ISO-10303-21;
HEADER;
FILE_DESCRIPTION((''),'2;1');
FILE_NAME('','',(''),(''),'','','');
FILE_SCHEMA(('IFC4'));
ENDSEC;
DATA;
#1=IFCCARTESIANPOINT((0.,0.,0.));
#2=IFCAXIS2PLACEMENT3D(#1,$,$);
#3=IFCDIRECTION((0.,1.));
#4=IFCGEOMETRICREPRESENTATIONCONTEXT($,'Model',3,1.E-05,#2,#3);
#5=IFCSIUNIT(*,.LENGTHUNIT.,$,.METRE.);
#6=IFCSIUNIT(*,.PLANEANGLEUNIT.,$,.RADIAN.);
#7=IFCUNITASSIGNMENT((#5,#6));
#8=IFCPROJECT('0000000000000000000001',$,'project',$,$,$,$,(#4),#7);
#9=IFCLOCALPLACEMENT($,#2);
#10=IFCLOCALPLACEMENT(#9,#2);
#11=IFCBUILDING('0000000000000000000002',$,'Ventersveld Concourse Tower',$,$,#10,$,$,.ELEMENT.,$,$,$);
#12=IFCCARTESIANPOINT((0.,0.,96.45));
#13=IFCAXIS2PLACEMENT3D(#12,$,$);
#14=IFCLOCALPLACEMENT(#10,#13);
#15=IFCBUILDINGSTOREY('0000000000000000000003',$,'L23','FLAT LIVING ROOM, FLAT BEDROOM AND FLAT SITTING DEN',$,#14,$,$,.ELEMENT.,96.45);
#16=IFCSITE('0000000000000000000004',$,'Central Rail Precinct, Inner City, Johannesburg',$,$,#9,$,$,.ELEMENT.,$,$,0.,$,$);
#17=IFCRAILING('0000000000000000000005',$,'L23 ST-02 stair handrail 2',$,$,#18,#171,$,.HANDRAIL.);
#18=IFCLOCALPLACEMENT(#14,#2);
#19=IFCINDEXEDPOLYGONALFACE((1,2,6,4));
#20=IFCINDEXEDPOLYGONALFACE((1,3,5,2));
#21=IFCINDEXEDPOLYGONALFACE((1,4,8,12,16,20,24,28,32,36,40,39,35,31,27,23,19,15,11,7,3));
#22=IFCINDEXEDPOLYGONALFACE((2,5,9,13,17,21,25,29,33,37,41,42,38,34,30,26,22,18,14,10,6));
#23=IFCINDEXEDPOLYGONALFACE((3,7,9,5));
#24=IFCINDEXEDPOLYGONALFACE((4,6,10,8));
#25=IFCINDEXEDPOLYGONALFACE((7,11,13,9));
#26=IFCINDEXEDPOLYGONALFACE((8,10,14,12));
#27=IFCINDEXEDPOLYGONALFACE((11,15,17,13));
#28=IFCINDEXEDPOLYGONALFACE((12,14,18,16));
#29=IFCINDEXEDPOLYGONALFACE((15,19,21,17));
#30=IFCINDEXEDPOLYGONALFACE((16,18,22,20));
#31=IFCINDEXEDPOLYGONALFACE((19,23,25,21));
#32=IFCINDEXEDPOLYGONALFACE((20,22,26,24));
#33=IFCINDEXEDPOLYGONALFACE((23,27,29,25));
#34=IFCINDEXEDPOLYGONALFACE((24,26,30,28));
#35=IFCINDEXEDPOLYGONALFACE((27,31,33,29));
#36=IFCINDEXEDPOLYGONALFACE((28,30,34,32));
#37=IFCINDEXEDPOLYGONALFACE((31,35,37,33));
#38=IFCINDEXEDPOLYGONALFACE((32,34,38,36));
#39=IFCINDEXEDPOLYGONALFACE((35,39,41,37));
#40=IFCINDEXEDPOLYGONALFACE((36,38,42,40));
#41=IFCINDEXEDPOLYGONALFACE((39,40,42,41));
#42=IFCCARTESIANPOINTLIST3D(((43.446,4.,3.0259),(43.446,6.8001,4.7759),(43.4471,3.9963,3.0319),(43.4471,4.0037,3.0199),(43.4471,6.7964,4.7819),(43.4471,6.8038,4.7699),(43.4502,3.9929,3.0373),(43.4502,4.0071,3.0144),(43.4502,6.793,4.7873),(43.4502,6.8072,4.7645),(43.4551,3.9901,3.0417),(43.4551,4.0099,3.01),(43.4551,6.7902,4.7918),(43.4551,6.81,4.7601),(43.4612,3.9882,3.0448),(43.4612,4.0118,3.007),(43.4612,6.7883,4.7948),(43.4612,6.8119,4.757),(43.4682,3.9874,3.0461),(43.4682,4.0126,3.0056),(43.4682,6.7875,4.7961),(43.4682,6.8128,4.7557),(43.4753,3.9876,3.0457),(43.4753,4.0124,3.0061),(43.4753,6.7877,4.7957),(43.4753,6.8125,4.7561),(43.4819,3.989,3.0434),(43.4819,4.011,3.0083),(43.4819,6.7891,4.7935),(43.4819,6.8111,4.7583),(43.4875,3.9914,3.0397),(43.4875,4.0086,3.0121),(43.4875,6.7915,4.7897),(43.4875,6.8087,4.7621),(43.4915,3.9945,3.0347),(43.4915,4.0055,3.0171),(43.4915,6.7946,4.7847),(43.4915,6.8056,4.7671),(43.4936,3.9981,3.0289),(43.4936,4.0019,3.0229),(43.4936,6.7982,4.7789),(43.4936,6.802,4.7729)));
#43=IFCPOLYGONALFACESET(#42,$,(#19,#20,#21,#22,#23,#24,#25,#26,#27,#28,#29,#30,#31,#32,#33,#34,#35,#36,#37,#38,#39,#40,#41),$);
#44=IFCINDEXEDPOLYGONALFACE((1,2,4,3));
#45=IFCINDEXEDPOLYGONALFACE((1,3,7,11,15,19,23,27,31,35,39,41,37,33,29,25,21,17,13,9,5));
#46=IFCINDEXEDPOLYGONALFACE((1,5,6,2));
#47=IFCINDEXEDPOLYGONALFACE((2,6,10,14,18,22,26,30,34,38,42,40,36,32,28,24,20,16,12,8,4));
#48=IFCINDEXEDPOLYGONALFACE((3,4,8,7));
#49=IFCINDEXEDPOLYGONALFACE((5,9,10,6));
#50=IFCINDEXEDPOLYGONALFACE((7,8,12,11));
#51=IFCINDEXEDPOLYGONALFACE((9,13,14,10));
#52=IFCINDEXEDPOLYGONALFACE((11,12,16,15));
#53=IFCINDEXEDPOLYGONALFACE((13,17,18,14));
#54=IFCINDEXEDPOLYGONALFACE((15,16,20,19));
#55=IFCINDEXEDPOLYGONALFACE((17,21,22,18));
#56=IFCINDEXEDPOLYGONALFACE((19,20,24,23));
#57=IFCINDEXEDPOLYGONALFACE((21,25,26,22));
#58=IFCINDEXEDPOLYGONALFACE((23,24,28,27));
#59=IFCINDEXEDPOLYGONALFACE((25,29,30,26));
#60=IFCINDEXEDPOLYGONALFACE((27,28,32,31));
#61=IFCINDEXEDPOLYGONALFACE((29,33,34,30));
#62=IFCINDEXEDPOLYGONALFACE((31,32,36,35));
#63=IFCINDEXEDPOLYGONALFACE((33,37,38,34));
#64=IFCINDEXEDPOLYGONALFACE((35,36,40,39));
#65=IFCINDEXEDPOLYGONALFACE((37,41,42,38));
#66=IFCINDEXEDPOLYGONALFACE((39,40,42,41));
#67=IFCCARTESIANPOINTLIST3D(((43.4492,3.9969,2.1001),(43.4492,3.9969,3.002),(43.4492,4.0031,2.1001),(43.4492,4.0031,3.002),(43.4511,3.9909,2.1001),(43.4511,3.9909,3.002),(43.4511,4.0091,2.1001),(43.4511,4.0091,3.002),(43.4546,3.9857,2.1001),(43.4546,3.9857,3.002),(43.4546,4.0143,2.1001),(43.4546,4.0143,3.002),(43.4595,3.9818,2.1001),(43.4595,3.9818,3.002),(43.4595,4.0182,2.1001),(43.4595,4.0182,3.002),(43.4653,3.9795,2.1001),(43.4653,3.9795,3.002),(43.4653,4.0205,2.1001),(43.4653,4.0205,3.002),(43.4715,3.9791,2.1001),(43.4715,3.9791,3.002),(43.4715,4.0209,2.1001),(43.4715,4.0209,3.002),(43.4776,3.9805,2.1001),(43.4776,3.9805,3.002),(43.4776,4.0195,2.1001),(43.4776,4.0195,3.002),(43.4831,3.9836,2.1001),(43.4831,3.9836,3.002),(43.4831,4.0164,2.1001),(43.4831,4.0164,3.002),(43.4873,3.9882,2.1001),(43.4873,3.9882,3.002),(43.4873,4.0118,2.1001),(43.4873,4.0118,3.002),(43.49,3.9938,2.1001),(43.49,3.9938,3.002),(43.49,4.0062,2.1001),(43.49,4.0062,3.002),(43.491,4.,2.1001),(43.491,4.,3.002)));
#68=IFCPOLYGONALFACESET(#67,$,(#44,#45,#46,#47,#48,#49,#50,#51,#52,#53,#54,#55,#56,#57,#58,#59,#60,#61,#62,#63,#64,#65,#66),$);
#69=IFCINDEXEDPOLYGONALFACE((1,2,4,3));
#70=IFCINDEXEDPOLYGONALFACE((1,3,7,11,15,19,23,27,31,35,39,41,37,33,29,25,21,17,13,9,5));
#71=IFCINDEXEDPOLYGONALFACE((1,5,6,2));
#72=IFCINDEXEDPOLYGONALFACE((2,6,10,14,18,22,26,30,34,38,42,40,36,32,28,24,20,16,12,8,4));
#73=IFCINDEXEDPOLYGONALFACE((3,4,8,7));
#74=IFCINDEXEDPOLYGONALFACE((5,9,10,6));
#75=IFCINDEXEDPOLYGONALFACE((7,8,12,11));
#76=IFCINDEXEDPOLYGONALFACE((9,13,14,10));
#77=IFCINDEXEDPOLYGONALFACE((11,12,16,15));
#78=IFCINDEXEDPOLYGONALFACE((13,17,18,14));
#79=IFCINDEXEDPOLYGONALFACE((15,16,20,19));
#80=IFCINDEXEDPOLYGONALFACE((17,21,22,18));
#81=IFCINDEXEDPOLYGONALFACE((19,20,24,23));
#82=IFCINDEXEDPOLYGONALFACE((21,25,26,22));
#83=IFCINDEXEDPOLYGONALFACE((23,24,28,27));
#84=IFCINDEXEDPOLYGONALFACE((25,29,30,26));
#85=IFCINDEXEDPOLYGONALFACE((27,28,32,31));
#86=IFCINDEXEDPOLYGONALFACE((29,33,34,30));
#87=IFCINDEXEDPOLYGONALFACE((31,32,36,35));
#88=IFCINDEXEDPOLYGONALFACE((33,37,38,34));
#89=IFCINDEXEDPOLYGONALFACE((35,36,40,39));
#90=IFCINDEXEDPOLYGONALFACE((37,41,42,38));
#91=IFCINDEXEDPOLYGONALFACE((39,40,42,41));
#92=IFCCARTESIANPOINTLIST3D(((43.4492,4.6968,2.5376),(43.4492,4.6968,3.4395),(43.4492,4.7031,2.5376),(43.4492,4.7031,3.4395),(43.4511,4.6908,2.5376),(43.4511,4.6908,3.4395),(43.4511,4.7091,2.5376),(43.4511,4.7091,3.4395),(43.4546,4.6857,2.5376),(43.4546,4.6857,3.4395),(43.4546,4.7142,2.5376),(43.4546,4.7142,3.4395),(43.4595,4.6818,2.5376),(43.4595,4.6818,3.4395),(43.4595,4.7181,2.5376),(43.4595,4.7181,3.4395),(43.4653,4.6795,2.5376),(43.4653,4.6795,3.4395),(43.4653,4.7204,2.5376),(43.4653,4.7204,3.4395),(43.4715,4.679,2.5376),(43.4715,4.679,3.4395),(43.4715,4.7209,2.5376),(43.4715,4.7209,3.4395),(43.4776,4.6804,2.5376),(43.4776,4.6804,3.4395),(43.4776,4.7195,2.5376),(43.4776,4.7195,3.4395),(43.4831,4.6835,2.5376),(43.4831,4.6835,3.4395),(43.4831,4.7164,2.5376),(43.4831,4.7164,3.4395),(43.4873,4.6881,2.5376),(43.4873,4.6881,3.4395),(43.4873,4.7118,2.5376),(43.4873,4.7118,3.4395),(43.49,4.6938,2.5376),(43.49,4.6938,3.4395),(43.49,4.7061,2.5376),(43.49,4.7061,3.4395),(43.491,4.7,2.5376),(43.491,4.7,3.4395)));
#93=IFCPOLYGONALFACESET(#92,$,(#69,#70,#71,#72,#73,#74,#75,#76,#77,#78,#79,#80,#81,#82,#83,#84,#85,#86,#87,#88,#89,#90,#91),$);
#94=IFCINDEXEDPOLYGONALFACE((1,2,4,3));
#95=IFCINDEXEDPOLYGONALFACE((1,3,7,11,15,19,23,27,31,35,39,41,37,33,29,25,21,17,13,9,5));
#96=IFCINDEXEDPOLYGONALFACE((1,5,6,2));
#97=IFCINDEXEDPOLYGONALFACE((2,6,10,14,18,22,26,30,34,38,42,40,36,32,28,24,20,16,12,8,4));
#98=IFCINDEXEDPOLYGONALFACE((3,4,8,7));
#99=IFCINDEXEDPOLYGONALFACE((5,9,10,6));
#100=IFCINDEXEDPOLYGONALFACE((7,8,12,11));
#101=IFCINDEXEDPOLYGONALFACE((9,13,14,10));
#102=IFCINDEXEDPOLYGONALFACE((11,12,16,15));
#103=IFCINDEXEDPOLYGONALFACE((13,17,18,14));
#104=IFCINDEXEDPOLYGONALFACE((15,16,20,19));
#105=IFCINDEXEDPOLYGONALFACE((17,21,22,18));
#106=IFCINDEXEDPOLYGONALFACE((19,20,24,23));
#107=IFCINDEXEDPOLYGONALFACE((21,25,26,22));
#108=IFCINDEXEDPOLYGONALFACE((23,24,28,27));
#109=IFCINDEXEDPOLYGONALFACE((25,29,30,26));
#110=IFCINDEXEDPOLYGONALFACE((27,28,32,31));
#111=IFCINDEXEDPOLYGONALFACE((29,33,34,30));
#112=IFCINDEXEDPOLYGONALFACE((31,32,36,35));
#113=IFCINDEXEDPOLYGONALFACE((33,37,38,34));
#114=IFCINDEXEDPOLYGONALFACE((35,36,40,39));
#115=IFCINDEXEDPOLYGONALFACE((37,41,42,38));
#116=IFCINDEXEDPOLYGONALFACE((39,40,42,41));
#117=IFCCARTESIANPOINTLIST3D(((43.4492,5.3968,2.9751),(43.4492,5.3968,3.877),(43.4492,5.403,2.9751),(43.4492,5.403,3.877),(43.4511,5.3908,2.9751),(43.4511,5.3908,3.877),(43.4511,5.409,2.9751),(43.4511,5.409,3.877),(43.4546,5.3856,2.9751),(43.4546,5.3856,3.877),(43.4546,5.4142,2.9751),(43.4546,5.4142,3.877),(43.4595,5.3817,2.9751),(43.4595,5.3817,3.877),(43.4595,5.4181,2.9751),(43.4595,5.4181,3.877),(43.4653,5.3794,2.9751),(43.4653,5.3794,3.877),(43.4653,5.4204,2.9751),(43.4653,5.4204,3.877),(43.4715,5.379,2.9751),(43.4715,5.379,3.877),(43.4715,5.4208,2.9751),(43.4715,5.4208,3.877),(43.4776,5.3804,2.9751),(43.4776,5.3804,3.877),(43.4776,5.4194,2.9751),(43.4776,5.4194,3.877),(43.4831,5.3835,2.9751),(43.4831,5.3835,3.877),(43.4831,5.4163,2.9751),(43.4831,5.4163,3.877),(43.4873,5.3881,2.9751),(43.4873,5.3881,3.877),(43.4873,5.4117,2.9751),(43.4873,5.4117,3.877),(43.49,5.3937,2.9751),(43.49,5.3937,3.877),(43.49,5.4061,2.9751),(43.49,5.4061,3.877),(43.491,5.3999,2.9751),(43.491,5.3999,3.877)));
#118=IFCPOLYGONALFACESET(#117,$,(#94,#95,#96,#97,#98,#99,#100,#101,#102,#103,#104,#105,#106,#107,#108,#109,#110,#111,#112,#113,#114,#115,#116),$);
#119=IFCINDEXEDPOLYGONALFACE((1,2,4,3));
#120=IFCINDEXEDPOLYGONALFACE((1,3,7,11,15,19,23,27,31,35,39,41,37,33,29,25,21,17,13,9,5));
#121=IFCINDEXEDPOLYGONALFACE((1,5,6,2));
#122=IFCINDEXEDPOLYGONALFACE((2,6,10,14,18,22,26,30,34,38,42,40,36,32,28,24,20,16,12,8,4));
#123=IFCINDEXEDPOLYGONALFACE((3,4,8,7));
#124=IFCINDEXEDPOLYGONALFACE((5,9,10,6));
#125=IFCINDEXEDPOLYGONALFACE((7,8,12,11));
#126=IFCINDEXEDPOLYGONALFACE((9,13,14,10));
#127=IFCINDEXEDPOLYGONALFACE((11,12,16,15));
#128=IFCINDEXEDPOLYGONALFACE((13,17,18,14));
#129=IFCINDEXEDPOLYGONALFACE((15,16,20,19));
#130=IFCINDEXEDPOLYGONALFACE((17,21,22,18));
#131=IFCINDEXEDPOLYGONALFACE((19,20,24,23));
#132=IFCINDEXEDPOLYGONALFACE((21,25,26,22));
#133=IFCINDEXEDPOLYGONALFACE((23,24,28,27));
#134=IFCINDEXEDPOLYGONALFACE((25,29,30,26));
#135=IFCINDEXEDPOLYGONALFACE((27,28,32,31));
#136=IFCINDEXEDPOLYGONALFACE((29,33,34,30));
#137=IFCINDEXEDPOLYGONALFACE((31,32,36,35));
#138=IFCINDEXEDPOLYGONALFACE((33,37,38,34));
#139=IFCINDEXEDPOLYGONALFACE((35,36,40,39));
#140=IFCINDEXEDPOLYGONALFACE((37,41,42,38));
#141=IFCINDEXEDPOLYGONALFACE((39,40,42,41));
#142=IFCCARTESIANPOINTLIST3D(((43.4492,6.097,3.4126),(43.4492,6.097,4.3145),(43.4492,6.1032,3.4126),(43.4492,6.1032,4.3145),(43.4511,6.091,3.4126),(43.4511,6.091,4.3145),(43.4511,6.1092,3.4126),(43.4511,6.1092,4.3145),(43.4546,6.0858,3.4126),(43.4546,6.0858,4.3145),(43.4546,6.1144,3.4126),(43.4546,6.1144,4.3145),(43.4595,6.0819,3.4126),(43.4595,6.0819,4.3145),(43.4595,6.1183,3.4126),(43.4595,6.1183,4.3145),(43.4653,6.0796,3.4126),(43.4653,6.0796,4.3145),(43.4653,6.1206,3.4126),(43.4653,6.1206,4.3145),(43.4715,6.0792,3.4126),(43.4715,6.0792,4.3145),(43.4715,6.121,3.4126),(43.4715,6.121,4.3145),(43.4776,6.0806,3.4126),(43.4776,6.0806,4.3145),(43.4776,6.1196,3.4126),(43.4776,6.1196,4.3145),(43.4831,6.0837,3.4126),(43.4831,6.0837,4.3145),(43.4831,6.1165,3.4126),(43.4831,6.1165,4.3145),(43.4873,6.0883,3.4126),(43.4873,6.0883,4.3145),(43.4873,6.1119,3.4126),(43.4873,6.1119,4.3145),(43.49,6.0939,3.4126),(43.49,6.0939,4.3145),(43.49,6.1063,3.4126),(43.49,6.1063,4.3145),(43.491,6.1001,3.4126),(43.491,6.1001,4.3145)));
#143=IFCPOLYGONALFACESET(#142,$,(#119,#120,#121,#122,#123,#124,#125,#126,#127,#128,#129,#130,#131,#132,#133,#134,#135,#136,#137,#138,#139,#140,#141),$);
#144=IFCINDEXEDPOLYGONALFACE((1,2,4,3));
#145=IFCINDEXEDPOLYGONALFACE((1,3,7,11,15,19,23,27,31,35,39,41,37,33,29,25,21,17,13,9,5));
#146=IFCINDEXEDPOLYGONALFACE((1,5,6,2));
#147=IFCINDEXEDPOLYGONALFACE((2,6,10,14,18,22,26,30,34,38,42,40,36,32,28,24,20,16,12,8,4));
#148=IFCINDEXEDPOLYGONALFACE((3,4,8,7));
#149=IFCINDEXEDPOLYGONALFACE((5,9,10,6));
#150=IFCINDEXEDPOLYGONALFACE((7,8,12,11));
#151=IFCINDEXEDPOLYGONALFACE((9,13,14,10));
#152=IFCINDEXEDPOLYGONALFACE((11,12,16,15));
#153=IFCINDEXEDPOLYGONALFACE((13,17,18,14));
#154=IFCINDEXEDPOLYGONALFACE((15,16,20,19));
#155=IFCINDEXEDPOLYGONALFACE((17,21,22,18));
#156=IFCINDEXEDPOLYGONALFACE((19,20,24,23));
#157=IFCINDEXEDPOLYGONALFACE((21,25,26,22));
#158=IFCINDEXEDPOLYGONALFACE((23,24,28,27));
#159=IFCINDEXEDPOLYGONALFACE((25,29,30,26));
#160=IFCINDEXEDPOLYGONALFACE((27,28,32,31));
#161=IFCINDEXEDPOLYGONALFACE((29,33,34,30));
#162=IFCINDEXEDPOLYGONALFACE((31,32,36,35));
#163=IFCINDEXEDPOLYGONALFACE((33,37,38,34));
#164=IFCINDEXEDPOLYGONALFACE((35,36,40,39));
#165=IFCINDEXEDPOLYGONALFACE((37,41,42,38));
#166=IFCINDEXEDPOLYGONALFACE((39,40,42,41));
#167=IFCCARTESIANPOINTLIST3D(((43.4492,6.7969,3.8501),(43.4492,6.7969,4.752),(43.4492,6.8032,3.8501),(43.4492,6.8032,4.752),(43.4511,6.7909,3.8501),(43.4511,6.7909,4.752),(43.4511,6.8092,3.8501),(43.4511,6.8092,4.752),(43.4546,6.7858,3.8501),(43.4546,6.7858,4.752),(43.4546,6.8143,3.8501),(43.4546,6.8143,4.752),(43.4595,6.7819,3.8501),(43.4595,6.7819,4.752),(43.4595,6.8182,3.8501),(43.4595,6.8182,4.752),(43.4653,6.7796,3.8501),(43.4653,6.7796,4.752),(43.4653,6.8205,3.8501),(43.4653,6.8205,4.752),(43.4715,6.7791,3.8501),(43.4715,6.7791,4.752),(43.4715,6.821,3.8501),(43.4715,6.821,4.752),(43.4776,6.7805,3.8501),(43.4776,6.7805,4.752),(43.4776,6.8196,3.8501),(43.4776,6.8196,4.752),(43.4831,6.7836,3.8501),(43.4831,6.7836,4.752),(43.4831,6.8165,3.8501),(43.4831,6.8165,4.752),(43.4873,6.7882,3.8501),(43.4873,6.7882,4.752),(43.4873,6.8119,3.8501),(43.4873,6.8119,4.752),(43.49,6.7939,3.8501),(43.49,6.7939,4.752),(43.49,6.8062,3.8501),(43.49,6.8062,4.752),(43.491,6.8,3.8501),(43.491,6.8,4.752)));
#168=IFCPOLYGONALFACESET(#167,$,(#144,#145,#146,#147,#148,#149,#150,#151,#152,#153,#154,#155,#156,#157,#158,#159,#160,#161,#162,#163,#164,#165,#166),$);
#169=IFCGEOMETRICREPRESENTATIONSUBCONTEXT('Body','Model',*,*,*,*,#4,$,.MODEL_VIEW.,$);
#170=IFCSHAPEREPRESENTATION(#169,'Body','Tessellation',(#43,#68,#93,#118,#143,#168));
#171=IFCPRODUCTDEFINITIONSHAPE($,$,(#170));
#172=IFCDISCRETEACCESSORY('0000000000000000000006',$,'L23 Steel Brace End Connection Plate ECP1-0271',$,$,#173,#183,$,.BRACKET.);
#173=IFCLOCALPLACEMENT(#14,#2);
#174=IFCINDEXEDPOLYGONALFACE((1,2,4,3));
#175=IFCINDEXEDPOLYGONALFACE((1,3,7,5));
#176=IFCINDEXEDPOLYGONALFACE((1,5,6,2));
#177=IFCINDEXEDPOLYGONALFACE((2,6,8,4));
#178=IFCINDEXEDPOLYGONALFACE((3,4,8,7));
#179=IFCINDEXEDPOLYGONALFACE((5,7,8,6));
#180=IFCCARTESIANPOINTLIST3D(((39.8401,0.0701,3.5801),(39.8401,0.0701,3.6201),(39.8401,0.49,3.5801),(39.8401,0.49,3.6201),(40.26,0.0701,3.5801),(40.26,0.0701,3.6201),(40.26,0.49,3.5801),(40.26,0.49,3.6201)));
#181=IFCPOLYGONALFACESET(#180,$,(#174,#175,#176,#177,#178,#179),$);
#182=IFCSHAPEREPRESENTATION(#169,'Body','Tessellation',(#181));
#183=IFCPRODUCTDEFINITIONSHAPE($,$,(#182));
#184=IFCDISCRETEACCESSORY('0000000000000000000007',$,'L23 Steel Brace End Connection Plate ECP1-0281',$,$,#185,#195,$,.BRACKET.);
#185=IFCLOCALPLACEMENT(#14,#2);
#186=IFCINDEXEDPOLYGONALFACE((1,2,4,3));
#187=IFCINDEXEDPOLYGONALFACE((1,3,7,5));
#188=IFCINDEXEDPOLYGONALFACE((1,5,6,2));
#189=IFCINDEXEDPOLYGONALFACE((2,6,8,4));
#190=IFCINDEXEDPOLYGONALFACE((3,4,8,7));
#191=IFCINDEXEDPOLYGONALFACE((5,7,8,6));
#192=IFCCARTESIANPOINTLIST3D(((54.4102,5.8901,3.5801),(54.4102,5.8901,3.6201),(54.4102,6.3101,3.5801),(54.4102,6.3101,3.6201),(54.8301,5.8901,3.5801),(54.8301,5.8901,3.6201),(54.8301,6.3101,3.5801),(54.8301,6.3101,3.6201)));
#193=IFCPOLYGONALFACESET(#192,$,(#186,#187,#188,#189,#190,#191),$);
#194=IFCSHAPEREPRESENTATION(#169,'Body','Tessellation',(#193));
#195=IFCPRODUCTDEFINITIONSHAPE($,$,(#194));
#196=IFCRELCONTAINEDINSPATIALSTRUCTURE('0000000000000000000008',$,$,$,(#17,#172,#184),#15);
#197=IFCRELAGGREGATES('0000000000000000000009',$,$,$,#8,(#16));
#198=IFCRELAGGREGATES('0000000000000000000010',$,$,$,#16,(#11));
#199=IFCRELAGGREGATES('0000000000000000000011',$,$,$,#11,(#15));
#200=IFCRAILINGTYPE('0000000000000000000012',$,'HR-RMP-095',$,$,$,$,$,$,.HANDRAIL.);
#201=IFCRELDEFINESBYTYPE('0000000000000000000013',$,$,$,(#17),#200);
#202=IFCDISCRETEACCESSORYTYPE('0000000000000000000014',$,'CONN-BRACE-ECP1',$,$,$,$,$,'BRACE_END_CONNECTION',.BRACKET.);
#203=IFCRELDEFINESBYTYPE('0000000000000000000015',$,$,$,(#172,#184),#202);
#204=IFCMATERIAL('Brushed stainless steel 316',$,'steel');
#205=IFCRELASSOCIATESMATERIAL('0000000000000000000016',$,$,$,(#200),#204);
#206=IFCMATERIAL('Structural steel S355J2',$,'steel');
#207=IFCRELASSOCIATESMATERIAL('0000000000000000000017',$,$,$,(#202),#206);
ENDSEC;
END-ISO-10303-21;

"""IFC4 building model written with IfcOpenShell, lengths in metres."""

from ifc_helpers import new_model, si_unit, direction, frame, origin, origin_2d, place, context, subcontext, project, spatial, rectangle, circle, extrude, material, type_object, element, save


model = new_model("IFC4")

# Units and contexts
model_context = context("Model", 3, precision=1e-05, world=origin(), true_north=direction((0.0, 1.0)))
body_context = subcontext(model_context, "Body", "Model", "MODEL_VIEW")
ifc_project = project(units=[si_unit("LENGTHUNIT", "METRE"), si_unit("PLANEANGLEUNIT", "RADIAN")], contexts=[model_context])

# Site, building, storey
site_placement = place(None, origin())
site = spatial("IfcSite", under=ifc_project, at=site_placement, Name="Central Rail Precinct, Inner City, Johannesburg", CompositionType="ELEMENT", RefElevation=0.0)
building_placement = place(site_placement, origin())
building = spatial("IfcBuilding", under=site, at=building_placement, Name="Ventersveld Concourse Tower", CompositionType="ELEMENT")
storey_placement = place(building_placement, frame((0.0, 0.0, 96.45)))
storey = spatial("IfcBuildingStorey", under=building, at=storey_placement, Name="L23", Description="FLAT LIVING ROOM, FLAT BEDROOM AND FLAT SITTING DEN", CompositionType="ELEMENT", Elevation=96.45)

# Shared definitions
ifc_material_1 = material(Name="Structural steel S355J2", Category="steel")

# Railing
ifc_material_2 = material(Name="Brushed stainless steel 316", Category="steel")
railing_type_1 = type_object("IfcRailingType", Name="HR-RMP-095", PredefinedType="HANDRAIL", material=ifc_material_2)
railing_1_placement = place(storey_placement, frame((43.47, 4.0, 2.1001)))
element("IfcRailing", 1, at=railing_1_placement, inside=storey, type_object=railing_type_1, Name="L23 ST-02 stair handrail 2", PredefinedType="HANDRAIL", context=body_context, shape_type="SweptSolid", body=[
    extrude(circle(Radius=0.0239, at=origin_2d()), frame((0.0, 0.0, 0.9258), z_axis=(0.0, 0.848002, 0.529992), x_axis=(-1.0, 0.0, 0.0)), (0.0, 0.0, 1.0), 3.302),
    extrude(circle(Radius=0.021, at=origin_2d()), origin(), (0.0, 0.0, 1.0), 0.9019),
    extrude(circle(Radius=0.021, at=origin_2d()), frame((0.0, 0.7, 0.4375)), (0.0, 0.0, 1.0), 0.9019),
    extrude(circle(Radius=0.021, at=origin_2d()), frame((0.0, 1.3999, 0.875)), (0.0, 0.0, 1.0), 0.9019),
    extrude(circle(Radius=0.021, at=origin_2d()), frame((0.0, 2.1001, 1.3125)), (0.0, 0.0, 1.0), 0.9019),
    extrude(circle(Radius=0.021, at=origin_2d()), frame((0.0, 2.8, 1.75)), (0.0, 0.0, 1.0), 0.9019),
])

# Discrete accessories
discrete_accessory_type = type_object("IfcDiscreteAccessoryType", Name="CONN-BRACE-ECP1", ElementType="BRACE_END_CONNECTION", PredefinedType="BRACKET", material=ifc_material_1)
for number, where, z_axis, x_axis, name in (
    (2, (40.05, 0.28, 3.5801), (0.0, 0.0, 1.0), (1.0, 0.0, 0.0), "L23 Steel Brace End Connection Plate ECP1-0271"),
    (3, (54.6201, 6.1001, 3.5801), (0.0, 0.0, 1.0), (1.0, 0.0, 0.0), "L23 Steel Brace End Connection Plate ECP1-0281"),
):
    element("IfcDiscreteAccessory", number, at=place(storey_placement, frame(where, z_axis=z_axis, x_axis=x_axis)), inside=storey, type_object=discrete_accessory_type, Name=name, PredefinedType="BRACKET", context=body_context, shape_type="SweptSolid", body=[
        extrude(rectangle(XDim=0.4199, YDim=0.4199, at=origin_2d()), origin(), (0.0, 0.0, 1.0), 0.04),
    ])

save(model, "model.ifc")
